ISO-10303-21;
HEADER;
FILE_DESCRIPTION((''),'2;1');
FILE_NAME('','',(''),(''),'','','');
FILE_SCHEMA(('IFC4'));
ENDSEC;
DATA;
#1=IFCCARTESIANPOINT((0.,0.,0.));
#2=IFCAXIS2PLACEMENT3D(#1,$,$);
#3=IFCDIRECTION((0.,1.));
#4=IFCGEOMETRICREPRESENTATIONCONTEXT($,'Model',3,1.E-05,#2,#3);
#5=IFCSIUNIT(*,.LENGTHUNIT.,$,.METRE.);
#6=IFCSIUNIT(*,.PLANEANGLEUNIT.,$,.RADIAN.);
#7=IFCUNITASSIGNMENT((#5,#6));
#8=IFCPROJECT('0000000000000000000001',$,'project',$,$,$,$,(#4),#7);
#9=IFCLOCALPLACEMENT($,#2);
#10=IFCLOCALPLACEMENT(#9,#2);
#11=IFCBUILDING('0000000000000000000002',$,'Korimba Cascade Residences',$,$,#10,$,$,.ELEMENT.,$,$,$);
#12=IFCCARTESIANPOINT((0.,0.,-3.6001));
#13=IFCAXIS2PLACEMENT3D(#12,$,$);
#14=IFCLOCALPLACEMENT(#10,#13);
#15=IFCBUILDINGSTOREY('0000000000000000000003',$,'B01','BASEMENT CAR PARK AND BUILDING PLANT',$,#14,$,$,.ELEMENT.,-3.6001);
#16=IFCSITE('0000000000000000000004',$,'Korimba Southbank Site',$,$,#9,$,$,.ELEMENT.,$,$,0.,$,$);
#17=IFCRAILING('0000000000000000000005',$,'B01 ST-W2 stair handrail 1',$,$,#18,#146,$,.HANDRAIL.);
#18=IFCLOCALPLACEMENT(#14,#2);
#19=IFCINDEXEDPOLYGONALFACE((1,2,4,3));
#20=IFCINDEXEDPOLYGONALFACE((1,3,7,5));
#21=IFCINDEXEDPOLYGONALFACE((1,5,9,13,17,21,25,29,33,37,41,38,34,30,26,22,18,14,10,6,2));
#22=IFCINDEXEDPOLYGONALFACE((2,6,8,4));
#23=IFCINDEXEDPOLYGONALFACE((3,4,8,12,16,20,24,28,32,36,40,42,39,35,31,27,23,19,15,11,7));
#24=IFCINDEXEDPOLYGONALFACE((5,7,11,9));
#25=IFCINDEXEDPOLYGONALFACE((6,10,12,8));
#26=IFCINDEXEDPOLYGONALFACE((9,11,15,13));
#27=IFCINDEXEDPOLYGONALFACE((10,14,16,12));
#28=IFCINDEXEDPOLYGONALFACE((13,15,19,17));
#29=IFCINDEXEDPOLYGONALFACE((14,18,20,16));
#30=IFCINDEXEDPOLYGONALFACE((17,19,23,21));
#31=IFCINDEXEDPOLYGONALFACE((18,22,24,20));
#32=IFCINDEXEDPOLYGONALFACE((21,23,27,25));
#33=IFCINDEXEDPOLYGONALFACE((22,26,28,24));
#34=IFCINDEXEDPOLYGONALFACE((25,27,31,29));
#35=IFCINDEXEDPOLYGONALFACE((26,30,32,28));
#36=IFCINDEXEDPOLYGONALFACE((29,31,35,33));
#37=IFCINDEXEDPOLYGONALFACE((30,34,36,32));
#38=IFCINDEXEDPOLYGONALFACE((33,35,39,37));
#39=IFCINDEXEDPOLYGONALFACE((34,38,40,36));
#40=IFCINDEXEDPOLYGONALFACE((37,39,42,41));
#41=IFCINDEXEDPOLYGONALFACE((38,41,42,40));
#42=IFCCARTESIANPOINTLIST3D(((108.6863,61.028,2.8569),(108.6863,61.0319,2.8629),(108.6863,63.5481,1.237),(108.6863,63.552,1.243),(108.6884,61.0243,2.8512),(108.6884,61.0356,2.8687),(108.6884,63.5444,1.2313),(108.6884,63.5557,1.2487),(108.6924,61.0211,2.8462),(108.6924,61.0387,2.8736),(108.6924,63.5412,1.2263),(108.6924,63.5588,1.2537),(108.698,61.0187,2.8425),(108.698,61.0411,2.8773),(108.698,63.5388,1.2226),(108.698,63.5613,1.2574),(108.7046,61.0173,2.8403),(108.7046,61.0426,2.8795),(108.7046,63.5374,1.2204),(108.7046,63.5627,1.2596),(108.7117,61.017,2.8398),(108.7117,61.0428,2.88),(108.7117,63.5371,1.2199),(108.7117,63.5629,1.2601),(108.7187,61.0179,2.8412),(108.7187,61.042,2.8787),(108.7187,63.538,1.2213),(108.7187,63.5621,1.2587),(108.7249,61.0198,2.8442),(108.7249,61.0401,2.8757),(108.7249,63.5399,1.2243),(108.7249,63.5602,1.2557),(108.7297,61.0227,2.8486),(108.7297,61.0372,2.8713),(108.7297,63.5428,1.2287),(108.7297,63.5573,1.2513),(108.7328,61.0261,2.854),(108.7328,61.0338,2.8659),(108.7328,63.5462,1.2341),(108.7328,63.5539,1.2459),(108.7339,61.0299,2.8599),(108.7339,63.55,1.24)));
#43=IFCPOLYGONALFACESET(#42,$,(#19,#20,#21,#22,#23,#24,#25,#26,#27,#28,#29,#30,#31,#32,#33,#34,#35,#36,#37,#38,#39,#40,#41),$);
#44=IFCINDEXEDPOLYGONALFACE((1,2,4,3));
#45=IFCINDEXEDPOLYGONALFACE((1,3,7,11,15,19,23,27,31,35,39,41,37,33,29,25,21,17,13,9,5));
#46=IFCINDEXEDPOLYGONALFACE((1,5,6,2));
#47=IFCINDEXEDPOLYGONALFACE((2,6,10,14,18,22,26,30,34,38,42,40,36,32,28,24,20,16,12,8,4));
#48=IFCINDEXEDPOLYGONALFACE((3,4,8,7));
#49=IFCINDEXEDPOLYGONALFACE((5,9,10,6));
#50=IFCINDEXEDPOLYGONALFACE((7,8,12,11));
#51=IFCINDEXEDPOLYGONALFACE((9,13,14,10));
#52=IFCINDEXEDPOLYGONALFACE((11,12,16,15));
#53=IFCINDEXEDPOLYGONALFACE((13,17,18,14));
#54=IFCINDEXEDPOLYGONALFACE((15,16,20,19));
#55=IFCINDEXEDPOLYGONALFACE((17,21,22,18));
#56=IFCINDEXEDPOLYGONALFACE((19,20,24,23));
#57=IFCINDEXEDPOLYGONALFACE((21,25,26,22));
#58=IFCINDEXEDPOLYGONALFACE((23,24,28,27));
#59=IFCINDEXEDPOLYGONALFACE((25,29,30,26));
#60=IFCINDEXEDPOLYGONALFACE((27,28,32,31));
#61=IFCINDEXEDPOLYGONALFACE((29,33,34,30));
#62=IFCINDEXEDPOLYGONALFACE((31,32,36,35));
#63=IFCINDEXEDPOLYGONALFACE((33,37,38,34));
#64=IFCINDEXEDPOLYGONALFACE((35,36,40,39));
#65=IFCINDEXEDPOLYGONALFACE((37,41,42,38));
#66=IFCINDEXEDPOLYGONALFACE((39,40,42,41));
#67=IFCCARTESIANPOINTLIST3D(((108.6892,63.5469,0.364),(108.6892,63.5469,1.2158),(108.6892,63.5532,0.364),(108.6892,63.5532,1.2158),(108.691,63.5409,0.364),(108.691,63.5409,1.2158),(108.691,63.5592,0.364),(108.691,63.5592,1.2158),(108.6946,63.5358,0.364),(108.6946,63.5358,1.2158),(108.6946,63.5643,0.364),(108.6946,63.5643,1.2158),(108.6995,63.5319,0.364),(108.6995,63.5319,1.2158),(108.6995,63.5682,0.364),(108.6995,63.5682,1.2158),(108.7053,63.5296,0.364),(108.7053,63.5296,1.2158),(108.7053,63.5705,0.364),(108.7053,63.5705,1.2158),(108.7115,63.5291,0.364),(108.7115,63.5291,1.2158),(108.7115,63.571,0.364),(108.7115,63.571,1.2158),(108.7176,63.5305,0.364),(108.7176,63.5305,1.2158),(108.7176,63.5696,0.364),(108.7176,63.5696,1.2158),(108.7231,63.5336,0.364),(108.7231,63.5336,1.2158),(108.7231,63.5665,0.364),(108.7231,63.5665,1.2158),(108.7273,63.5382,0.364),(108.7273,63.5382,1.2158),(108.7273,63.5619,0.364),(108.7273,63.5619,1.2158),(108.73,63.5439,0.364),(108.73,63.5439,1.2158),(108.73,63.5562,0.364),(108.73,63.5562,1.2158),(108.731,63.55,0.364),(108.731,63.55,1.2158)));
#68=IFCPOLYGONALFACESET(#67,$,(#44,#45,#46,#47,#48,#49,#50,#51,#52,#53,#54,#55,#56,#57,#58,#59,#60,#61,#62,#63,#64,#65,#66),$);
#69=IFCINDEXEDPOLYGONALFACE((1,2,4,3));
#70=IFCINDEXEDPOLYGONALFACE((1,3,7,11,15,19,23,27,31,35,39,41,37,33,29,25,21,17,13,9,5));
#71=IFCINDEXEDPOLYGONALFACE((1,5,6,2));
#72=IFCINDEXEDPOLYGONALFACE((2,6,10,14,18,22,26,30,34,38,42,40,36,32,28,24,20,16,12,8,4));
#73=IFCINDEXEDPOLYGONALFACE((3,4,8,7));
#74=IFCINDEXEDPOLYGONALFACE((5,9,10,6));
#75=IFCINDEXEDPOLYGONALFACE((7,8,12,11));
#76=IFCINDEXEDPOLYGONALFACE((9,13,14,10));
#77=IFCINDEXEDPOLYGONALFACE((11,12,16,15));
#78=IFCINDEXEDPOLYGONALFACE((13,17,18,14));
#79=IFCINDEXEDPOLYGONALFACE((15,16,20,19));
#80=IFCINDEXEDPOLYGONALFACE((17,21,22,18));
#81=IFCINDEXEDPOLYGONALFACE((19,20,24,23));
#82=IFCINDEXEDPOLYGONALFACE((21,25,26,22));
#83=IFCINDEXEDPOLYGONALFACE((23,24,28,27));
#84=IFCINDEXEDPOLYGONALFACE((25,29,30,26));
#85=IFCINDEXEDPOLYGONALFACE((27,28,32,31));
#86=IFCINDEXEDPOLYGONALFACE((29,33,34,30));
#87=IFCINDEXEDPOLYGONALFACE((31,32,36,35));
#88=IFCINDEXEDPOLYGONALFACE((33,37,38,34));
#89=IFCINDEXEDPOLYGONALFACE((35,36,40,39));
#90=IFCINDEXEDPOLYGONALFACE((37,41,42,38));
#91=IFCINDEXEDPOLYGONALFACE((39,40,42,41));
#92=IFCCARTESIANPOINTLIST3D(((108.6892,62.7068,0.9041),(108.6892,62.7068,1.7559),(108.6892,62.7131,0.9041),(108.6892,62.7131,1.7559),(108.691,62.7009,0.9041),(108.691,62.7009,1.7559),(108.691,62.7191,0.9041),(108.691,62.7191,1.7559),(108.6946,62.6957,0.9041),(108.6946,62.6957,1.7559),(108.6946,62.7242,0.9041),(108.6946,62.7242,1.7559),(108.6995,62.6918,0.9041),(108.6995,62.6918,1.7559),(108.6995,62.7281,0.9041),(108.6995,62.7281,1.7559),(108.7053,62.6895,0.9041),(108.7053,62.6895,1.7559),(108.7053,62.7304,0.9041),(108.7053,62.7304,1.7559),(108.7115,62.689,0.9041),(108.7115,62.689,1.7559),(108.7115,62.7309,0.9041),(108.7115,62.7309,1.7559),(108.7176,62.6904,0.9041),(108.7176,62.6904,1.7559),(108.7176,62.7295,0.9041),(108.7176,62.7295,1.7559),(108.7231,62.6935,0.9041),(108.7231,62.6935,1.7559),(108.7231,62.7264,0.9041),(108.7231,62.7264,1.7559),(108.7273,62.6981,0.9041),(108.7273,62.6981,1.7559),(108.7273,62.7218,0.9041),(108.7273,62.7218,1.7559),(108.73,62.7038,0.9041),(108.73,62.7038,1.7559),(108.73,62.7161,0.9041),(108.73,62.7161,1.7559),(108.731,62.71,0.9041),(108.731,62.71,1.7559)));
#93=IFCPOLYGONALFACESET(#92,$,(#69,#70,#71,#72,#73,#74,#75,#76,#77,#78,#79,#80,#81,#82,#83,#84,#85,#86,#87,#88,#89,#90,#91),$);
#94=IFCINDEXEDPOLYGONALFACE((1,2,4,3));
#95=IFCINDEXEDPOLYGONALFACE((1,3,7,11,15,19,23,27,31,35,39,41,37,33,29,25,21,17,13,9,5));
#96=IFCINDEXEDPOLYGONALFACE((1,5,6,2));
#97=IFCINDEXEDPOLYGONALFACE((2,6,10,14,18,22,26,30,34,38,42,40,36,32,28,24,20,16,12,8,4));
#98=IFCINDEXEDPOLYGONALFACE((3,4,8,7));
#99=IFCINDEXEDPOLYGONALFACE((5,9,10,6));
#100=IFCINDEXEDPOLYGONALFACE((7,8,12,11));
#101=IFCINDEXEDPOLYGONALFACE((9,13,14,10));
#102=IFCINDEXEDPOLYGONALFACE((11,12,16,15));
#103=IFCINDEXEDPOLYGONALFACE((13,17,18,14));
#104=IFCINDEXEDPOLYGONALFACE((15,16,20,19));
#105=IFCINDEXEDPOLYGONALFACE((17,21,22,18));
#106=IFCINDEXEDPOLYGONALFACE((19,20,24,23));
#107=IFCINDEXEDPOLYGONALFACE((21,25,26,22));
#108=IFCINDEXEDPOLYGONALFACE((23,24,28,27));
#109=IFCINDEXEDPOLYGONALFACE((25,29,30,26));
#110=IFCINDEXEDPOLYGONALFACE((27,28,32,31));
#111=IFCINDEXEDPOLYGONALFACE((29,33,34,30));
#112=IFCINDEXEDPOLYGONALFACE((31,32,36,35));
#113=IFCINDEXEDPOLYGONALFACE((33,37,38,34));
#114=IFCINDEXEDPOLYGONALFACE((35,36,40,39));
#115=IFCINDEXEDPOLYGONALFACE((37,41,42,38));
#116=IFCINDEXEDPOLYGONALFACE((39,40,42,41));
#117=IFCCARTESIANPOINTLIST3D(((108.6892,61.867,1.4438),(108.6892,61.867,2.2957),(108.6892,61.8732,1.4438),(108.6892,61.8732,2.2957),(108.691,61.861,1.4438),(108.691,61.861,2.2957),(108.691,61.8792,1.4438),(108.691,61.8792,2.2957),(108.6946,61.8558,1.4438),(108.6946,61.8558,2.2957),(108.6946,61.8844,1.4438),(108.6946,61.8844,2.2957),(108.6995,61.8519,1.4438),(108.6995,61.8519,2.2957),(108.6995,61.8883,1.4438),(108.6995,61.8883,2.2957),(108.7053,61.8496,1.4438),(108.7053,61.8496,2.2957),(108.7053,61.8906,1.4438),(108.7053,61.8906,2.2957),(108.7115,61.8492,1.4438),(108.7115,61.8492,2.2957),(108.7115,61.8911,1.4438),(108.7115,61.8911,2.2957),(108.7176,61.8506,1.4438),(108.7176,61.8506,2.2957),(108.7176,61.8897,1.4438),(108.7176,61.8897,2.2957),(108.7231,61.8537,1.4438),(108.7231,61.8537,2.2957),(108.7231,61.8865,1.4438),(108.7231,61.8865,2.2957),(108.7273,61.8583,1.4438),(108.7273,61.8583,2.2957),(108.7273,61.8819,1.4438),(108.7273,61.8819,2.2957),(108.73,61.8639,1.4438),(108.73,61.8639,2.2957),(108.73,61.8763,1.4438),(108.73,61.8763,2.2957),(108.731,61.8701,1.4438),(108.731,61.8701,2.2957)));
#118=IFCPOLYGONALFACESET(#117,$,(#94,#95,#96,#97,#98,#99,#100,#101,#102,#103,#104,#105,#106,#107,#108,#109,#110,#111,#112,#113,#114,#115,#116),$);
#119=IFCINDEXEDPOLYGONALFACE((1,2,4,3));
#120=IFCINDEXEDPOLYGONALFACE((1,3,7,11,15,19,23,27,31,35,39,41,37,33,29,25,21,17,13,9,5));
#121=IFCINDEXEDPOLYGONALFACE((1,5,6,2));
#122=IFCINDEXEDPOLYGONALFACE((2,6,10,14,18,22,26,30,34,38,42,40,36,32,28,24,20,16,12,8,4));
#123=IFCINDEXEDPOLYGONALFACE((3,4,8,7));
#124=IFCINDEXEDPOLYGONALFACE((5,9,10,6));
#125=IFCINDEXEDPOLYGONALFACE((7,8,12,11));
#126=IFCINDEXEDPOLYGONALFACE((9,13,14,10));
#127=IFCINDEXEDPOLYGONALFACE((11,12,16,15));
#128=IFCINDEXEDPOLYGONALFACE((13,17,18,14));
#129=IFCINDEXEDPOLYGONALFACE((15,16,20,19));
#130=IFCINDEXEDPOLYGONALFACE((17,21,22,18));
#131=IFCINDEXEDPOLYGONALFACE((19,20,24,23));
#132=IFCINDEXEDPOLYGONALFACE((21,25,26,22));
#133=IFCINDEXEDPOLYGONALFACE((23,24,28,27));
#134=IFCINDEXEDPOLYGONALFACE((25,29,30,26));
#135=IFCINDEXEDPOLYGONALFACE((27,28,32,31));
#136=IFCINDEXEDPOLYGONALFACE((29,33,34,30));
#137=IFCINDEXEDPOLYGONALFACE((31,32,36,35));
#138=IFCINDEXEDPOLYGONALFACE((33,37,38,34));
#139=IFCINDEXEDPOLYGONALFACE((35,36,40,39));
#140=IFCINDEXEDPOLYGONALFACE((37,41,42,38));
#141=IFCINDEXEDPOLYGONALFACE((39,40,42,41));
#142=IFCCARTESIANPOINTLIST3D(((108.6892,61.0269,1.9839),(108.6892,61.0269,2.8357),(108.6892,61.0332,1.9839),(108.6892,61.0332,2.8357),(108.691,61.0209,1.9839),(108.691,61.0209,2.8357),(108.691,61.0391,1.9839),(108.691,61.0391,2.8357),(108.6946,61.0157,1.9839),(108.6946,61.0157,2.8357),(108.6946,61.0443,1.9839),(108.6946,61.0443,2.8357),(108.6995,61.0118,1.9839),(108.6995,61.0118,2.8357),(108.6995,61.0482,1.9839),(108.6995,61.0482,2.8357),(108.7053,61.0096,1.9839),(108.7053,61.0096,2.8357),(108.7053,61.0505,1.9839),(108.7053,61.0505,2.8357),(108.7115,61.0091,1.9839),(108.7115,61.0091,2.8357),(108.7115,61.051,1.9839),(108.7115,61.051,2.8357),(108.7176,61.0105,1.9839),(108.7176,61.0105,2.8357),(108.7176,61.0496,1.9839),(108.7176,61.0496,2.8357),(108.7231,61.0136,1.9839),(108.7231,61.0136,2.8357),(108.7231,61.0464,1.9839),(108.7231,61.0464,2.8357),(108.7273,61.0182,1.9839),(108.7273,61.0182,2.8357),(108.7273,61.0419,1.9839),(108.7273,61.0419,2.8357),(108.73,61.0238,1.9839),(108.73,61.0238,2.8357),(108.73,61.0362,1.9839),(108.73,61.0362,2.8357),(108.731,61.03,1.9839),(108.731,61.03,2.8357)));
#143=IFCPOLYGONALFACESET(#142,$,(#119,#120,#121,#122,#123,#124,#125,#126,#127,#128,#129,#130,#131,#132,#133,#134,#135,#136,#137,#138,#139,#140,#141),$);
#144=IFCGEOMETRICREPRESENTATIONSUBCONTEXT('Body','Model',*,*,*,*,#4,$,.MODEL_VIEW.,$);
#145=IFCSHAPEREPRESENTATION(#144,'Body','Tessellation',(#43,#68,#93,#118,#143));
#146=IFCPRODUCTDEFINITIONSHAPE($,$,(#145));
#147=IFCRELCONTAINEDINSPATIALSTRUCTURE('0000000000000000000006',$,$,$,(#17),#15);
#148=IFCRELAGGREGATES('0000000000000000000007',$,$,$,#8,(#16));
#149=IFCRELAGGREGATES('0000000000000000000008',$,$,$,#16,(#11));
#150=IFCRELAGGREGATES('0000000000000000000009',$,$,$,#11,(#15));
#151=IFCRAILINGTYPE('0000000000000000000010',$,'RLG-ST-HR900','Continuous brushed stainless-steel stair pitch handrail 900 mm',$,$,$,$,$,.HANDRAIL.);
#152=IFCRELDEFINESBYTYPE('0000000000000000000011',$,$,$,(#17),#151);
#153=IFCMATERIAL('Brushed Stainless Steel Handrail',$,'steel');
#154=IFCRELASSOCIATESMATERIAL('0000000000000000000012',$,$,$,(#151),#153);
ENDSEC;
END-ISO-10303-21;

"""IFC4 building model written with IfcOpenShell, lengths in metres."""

from ifc_helpers import new_model, si_unit, direction, frame, origin, origin_2d, place, context, subcontext, project, spatial, circle, extrude, material, type_object, element, save


model = new_model("IFC4")

# Units and contexts
model_context = context("Model", 3, precision=1e-05, world=origin(), true_north=direction((0.0, 1.0)))
body_context = subcontext(model_context, "Body", "Model", "MODEL_VIEW")
ifc_project = project(units=[si_unit("LENGTHUNIT", "METRE"), si_unit("PLANEANGLEUNIT", "RADIAN")], contexts=[model_context])

# Site, building, storey
site_placement = place(None, origin())
site = spatial("IfcSite", under=ifc_project, at=site_placement, Name="Korimba Southbank Site", CompositionType="ELEMENT", RefElevation=0.0)
building_placement = place(site_placement, origin())
building = spatial("IfcBuilding", under=site, at=building_placement, Name="Korimba Cascade Residences", CompositionType="ELEMENT")
storey_placement = place(building_placement, frame((0.0, 0.0, -3.6001)))
storey = spatial("IfcBuildingStorey", under=building, at=storey_placement, Name="B01", Description="BASEMENT CAR PARK AND BUILDING PLANT", CompositionType="ELEMENT", Elevation=-3.6001)

# Railing
ifc_material_1 = material(Name="Brushed Stainless Steel Handrail", Category="steel")
railing_type_1 = type_object("IfcRailingType", Name="RLG-ST-HR900", Description="Continuous brushed stainless-steel stair pitch handrail 900 mm", PredefinedType="HANDRAIL", material=ifc_material_1)
railing_1_placement = place(storey_placement, frame((108.71, 63.55, 0.364)))
element("IfcRailing", 1, at=railing_1_placement, inside=storey, type_object=railing_type_1, Name="B01 ST-W2 stair handrail 1", PredefinedType="HANDRAIL", context=body_context, shape_type="SweptSolid", body=[
    extrude(circle(Radius=0.0239, at=origin_2d()), frame((0.0, 0.0, 0.876), z_axis=(0.0, -0.8412, 0.540725), x_axis=(1.0, 0.0, 0.0)), (0.0, 0.0, 1.0), 2.9958),
    extrude(circle(Radius=0.021, at=origin_2d()), origin(), (0.0, 0.0, 1.0), 0.8518),
    extrude(circle(Radius=0.021, at=origin_2d()), frame((0.0, -0.8401, 0.54)), (0.0, 0.0, 1.0), 0.8518),
    extrude(circle(Radius=0.021, at=origin_2d()), frame((0.0, -1.6799, 1.0798)), (0.0, 0.0, 1.0), 0.8518),
    extrude(circle(Radius=0.021, at=origin_2d()), frame((0.0, -2.52, 1.6199)), (0.0, 0.0, 1.0), 0.8518),
])

save(model, "model.ifc")
